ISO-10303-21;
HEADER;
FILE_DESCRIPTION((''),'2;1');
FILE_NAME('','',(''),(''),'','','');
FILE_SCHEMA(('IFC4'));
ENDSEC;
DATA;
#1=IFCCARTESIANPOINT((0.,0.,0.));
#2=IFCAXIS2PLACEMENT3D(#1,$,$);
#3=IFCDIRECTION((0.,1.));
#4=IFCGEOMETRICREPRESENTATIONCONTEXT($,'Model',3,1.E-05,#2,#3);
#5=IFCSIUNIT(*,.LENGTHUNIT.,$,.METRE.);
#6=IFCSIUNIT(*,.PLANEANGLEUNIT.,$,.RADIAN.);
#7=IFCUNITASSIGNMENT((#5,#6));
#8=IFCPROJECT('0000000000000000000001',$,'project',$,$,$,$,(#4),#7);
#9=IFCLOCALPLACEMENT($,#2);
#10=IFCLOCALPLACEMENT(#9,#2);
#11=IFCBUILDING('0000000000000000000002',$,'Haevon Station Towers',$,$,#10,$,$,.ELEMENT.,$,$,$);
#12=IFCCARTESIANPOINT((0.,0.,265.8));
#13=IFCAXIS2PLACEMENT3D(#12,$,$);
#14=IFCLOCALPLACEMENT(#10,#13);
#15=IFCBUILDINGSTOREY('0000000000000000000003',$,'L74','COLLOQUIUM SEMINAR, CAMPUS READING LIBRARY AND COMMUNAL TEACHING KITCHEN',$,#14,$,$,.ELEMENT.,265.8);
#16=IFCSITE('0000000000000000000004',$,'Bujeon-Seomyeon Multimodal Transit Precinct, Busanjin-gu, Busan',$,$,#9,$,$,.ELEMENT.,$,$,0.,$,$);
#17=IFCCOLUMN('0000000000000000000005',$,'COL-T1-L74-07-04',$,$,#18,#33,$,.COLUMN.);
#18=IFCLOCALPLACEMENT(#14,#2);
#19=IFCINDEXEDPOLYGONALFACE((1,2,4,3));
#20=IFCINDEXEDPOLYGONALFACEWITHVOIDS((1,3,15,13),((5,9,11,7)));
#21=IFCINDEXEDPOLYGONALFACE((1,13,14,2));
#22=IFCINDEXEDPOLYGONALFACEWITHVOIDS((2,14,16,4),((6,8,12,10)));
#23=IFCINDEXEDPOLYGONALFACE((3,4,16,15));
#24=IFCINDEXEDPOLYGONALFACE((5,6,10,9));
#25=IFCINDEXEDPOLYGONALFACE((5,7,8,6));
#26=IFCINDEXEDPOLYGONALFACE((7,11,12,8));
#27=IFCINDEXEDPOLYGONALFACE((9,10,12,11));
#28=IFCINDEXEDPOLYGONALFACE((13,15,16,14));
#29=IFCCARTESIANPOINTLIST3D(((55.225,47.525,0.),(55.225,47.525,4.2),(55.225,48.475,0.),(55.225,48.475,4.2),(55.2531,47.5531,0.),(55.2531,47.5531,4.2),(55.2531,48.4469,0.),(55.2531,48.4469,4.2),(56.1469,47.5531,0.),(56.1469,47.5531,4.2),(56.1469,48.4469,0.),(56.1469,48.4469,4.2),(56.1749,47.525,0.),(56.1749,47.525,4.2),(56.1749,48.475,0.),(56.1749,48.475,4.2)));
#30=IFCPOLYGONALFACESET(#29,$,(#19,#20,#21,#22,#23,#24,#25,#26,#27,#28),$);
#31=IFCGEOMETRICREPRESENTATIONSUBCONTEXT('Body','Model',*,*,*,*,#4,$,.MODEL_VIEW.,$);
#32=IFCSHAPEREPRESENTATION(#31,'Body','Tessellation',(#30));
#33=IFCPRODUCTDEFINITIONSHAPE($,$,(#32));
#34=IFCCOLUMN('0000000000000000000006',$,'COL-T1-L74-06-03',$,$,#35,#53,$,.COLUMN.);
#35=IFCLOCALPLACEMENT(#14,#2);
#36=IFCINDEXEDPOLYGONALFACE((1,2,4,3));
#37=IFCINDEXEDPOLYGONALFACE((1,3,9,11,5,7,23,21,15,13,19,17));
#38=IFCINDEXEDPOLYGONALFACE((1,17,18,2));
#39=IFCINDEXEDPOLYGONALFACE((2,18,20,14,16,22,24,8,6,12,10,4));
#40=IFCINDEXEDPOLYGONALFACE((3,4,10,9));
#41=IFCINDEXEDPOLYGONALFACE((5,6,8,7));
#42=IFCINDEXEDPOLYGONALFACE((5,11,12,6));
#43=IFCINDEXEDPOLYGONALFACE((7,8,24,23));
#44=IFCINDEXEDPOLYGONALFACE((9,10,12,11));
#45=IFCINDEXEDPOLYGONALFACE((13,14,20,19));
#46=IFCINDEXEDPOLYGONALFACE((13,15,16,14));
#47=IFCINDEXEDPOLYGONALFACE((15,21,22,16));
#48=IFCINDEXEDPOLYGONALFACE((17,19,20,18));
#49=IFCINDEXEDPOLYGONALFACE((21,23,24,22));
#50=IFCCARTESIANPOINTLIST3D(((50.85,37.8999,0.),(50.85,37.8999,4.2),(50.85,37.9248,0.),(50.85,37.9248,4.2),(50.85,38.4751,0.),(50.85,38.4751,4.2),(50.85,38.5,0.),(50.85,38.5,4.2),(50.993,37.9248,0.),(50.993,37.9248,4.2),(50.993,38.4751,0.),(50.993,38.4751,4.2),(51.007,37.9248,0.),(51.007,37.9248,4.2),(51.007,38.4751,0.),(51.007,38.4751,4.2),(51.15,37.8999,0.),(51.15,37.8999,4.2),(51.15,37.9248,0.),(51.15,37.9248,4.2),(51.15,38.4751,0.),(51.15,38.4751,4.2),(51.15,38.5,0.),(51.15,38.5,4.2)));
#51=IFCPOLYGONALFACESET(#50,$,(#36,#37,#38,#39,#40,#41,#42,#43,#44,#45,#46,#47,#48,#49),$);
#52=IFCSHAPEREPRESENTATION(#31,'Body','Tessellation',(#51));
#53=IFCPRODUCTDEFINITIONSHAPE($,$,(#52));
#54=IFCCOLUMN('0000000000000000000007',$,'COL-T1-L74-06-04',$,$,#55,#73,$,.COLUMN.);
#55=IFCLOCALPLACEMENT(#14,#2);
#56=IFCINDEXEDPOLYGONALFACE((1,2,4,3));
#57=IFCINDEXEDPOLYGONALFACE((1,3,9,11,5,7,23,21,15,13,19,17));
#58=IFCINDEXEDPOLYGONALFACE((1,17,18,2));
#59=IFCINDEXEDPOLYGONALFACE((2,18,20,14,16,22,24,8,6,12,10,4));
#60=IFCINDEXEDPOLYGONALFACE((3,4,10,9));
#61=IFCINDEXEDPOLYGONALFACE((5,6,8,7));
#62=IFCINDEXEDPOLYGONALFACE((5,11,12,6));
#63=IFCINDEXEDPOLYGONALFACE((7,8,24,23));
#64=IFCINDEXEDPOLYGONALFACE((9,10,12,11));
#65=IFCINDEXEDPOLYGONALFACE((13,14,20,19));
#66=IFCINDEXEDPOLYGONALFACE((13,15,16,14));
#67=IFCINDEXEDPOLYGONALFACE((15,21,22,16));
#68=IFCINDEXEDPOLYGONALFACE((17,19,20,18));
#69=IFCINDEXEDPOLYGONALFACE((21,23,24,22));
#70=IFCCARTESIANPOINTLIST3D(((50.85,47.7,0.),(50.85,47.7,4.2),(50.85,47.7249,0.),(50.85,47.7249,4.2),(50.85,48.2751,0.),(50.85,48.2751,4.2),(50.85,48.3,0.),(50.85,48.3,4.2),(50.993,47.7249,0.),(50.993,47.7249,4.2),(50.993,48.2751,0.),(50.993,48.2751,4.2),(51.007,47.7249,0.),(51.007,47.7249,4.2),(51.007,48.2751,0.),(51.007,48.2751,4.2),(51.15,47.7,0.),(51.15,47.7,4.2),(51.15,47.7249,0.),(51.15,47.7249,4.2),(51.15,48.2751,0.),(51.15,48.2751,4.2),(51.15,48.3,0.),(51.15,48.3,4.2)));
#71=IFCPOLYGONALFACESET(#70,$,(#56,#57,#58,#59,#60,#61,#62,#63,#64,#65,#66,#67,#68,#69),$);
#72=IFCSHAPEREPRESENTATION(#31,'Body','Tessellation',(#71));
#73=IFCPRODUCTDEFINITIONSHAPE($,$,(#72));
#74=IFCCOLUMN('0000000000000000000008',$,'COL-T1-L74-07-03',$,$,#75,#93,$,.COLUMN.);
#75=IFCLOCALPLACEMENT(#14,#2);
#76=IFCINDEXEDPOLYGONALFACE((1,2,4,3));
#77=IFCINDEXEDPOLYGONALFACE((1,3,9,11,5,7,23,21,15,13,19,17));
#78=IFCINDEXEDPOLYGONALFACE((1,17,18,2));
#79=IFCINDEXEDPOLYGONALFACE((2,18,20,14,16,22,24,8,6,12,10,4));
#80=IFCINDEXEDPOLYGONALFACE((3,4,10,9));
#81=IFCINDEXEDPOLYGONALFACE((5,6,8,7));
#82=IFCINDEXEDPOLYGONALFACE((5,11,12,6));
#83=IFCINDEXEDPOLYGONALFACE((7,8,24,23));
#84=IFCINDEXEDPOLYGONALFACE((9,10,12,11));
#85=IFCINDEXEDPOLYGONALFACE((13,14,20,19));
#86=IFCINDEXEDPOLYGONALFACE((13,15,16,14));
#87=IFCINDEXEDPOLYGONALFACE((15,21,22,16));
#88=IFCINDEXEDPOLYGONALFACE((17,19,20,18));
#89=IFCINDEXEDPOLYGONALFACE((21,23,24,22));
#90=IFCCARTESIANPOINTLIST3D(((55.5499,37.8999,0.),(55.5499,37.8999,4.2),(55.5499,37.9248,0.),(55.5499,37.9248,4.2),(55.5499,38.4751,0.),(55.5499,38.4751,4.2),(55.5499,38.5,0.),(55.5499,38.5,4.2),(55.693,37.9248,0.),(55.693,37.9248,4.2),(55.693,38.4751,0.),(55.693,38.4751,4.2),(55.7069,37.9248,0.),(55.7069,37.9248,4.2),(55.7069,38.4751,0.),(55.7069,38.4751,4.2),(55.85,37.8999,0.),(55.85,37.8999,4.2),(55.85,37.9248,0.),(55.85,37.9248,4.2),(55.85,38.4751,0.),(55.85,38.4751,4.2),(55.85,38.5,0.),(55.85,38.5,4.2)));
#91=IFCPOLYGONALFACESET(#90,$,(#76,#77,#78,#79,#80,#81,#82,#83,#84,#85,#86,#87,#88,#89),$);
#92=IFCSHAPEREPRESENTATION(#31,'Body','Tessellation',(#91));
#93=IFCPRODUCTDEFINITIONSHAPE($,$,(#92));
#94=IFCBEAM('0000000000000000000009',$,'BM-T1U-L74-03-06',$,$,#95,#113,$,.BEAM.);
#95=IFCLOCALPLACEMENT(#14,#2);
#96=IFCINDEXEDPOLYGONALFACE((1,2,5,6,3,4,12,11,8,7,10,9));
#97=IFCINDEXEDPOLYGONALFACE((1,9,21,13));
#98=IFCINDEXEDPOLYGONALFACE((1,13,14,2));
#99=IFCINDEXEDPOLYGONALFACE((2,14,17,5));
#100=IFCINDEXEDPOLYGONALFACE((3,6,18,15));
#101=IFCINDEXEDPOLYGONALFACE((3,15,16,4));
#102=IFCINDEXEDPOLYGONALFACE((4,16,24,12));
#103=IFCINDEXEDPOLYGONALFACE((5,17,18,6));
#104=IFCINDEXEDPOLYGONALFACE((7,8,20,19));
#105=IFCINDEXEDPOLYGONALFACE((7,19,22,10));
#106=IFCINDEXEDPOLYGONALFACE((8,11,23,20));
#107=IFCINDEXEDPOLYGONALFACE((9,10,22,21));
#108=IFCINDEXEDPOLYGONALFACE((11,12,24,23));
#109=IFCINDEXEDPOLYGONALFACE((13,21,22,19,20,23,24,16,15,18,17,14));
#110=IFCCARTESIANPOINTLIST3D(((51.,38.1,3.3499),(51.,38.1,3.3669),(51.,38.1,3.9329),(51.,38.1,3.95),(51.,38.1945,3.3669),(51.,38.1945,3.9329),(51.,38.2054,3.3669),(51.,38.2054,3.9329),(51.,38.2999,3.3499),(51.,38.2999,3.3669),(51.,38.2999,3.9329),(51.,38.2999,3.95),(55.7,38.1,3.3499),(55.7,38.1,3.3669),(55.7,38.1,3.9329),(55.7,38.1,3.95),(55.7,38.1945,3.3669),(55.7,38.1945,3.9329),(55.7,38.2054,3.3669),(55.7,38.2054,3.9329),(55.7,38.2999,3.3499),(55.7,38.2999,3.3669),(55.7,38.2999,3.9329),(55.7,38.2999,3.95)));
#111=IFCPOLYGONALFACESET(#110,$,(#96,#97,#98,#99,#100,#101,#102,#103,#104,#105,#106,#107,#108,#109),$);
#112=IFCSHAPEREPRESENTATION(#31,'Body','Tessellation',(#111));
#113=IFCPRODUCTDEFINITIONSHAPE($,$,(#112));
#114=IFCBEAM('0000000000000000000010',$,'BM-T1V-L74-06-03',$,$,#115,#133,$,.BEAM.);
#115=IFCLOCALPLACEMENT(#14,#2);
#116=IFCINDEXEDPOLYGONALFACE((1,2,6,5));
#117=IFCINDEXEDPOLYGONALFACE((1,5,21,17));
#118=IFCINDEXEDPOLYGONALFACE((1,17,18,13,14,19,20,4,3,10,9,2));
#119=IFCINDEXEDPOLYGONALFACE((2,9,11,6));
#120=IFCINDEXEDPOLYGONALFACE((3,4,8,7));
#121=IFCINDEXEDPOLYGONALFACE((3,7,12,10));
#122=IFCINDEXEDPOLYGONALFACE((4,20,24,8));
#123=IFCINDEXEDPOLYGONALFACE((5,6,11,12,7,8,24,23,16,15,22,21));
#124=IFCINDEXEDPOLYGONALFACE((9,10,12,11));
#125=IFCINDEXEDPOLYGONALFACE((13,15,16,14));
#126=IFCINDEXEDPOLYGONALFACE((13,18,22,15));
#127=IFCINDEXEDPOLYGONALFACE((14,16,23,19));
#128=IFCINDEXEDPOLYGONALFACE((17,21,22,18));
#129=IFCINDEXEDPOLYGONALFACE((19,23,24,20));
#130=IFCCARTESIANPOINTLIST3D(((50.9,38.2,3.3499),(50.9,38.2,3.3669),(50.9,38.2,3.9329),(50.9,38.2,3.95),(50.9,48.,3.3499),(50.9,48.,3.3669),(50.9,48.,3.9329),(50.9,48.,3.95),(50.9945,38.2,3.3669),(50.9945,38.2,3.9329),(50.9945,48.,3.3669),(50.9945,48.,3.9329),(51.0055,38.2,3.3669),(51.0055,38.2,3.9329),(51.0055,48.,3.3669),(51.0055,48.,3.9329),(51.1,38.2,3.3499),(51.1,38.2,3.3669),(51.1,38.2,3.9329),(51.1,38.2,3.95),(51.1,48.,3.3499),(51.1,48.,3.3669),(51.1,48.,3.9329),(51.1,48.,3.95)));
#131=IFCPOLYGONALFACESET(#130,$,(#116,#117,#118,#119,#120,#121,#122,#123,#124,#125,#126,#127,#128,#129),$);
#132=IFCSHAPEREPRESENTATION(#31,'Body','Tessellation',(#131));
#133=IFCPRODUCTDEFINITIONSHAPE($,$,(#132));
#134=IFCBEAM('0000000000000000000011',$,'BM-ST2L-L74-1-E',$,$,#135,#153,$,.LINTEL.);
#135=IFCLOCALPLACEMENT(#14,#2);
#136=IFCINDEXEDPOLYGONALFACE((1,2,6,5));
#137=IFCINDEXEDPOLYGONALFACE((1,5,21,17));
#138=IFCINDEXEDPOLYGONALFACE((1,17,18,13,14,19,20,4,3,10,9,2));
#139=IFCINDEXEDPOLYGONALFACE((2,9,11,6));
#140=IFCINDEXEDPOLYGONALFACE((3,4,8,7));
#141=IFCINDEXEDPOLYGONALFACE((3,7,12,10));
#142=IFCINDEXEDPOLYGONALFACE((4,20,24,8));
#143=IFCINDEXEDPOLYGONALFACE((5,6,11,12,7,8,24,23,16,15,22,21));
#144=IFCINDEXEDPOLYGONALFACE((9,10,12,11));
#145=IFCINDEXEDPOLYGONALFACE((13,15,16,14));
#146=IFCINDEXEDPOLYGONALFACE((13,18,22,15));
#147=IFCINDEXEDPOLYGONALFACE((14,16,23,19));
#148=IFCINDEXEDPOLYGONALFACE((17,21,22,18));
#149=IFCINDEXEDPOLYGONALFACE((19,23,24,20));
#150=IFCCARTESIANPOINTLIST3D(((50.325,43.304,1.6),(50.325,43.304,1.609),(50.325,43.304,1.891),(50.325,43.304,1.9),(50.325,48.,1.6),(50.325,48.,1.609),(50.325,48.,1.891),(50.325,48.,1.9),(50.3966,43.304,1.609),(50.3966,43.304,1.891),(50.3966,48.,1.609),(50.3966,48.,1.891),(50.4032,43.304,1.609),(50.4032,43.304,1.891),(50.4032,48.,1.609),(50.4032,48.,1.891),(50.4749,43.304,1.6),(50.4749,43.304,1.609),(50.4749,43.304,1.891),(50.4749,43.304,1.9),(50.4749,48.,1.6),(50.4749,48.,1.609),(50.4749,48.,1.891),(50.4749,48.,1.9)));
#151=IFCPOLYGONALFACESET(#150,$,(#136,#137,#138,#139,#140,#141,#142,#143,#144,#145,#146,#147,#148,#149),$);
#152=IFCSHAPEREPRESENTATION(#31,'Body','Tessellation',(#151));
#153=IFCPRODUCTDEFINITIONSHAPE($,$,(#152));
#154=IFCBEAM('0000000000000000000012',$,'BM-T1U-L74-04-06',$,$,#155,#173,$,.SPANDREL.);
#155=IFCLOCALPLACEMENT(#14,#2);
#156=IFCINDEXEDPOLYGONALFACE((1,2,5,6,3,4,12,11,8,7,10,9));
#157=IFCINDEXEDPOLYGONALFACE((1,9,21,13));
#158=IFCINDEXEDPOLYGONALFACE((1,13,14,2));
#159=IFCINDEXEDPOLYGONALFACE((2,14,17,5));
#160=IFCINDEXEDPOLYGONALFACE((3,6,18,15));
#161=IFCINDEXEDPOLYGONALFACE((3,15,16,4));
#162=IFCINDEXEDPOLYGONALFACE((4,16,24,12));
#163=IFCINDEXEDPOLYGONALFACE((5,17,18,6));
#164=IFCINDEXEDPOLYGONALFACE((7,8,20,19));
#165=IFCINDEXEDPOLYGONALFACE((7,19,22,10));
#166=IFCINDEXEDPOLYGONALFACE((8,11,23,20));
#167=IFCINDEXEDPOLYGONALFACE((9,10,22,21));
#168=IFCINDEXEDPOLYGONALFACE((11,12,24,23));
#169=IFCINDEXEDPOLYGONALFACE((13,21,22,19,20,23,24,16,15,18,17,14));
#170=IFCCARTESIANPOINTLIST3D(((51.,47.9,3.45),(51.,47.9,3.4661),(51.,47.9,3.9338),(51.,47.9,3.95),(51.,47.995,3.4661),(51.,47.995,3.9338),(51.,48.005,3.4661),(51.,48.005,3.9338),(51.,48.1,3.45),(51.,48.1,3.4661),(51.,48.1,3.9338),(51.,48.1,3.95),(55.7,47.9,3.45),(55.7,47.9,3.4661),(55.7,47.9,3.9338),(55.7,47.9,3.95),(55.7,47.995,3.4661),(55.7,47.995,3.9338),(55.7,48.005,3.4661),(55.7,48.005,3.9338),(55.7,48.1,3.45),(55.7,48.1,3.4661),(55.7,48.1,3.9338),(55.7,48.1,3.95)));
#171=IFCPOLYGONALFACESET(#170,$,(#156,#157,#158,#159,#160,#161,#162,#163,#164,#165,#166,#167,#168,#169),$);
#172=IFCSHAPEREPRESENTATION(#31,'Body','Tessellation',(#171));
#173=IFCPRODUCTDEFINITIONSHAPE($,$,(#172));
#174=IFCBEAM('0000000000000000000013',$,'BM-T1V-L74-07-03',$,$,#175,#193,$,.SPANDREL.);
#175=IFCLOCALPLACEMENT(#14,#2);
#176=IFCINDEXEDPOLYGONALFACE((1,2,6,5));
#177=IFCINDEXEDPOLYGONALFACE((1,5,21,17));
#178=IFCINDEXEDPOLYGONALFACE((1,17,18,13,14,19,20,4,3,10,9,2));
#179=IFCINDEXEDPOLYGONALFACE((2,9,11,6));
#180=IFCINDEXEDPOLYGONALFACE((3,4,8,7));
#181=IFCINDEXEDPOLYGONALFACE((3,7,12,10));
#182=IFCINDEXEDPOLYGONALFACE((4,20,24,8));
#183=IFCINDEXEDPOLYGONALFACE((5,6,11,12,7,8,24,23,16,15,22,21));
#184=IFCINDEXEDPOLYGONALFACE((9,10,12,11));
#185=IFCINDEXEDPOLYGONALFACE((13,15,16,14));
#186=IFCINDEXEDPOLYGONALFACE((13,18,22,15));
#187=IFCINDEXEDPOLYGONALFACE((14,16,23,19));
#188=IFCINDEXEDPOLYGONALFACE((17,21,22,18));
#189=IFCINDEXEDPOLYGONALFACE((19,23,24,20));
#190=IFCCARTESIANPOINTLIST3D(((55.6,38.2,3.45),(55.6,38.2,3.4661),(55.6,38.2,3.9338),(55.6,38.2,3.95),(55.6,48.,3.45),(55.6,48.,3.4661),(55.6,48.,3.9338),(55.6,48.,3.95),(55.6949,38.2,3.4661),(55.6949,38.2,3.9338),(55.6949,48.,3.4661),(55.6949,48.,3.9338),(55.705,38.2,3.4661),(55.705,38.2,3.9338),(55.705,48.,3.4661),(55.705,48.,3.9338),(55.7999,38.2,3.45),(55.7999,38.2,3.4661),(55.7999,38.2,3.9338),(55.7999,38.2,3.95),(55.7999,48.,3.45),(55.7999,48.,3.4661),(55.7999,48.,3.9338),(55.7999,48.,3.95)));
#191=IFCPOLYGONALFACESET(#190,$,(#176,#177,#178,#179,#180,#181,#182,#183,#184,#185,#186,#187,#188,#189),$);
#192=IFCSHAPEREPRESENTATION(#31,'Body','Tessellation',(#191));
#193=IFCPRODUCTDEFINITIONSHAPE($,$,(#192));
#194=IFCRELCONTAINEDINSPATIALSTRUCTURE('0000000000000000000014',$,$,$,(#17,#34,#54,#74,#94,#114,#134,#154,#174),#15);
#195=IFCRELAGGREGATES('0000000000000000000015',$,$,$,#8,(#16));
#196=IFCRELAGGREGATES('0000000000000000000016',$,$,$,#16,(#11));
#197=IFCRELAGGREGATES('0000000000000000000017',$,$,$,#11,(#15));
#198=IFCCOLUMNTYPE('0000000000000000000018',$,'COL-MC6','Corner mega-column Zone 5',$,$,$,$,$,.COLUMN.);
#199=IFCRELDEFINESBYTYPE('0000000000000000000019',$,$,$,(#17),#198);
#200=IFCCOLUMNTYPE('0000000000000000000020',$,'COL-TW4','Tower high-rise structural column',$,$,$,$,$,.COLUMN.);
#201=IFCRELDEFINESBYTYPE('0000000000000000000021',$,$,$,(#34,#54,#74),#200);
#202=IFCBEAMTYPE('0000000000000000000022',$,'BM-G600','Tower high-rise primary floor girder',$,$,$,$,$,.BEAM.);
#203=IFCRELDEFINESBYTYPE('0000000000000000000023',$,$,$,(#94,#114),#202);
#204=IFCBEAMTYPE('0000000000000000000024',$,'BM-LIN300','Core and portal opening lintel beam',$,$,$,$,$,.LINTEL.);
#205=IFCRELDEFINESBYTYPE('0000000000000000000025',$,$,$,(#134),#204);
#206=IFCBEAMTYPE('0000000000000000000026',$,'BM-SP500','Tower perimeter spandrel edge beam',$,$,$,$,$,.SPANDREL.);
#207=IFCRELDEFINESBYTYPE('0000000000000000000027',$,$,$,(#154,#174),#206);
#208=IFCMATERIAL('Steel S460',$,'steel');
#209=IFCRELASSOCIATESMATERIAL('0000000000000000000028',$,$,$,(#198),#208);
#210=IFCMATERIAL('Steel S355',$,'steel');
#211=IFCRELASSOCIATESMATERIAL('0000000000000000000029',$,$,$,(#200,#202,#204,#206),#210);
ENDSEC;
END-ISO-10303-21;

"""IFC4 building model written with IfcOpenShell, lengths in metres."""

from ifc_helpers import new_model, si_unit, direction, frame, origin, origin_2d, place, context, subcontext, project, spatial, hollow_rectangle, i_section, extrude, material, material_profile, profile_set, type_object, element, save


model = new_model("IFC4")

# Units and contexts
model_context = context("Model", 3, precision=1e-05, world=origin(), true_north=direction((0.0, 1.0)))
body_context = subcontext(model_context, "Body", "Model", "MODEL_VIEW")
ifc_project = project(units=[si_unit("LENGTHUNIT", "METRE"), si_unit("PLANEANGLEUNIT", "RADIAN")], contexts=[model_context])

# Site, building, storey
site_placement = place(None, origin())
site = spatial("IfcSite", under=ifc_project, at=site_placement, Name="Bujeon-Seomyeon Multimodal Transit Precinct, Busanjin-gu, Busan", CompositionType="ELEMENT", RefElevation=0.0)
building_placement = place(site_placement, origin())
building = spatial("IfcBuilding", under=site, at=building_placement, Name="Haevon Station Towers", CompositionType="ELEMENT")
storey_placement = place(building_placement, frame((0.0, 0.0, 265.8)))
storey = spatial("IfcBuildingStorey", under=building, at=storey_placement, Name="L74", Description="COLLOQUIUM SEMINAR, CAMPUS READING LIBRARY AND COMMUNAL TEACHING KITCHEN", CompositionType="ELEMENT", Elevation=265.8)

# Columns
ifc_material_1 = material(Name="Steel S460", Category="steel")
ifc_material_profile_1 = material_profile(ifc_material_1, hollow_rectangle(XDim=0.95, YDim=0.95, WallThickness=0.0281, at=origin_2d()), Name="BOX-950x950x28")
ifc_profile_set_1 = profile_set([ifc_material_profile_1], Name="Steel S460")
column_type_1 = type_object("IfcColumnType", Name="COL-MC6", Description="Corner mega-column Zone 5", PredefinedType="COLUMN", material=ifc_profile_set_1)
column_placement = place(storey_placement, frame((55.7, 48.0, 0.0), z_axis=(0.0, 0.0, 1.0), x_axis=(1.0, 0.0, 0.0)))
element("IfcColumn", 1, at=column_placement, inside=storey, type_object=column_type_1, Name="COL-T1-L74-07-04", PredefinedType="COLUMN", context=body_context, shape_type="SweptSolid", body=[
    extrude(hollow_rectangle(XDim=0.95, YDim=0.95, WallThickness=0.0281, at=origin_2d()), origin(), (0.0, 0.0, 1.0), 4.2),
])
ifc_material_2 = material(Name="Steel S355", Category="steel")
ifc_material_profile_2 = material_profile(ifc_material_2, i_section(OverallWidth=0.3, OverallDepth=0.6001, WebThickness=0.0139, FlangeThickness=0.0249, at=origin_2d()), Name="H-600x300x14x25")
ifc_profile_set_2 = profile_set([ifc_material_profile_2], Name="Steel S355")
column_type_2 = type_object("IfcColumnType", Name="COL-TW4", Description="Tower high-rise structural column", PredefinedType="COLUMN", material=ifc_profile_set_2)
for number, where, z_axis, x_axis, name in (
    (2, (51.0, 38.2, 0.0), (0.0, 0.0, 1.0), (1.0, 0.0, 0.0), "COL-T1-L74-06-03"),
    (3, (51.0, 48.0, 0.0), (0.0, 0.0, 1.0), (1.0, 0.0, 0.0), "COL-T1-L74-06-04"),
    (4, (55.7, 38.2, 0.0), (0.0, 0.0, 1.0), (1.0, 0.0, 0.0), "COL-T1-L74-07-03"),
):
    element("IfcColumn", number, at=place(storey_placement, frame(where, z_axis=z_axis, x_axis=x_axis)), inside=storey, type_object=column_type_2, Name=name, PredefinedType="COLUMN", context=body_context, shape_type="SweptSolid", body=[
        extrude(i_section(OverallWidth=0.3, OverallDepth=0.6001, WebThickness=0.0139, FlangeThickness=0.0249, at=origin_2d()), origin(), (0.0, 0.0, 1.0), 4.2),
    ])

# Beams
ifc_material_profile_3 = material_profile(ifc_material_2, i_section(OverallWidth=0.2, OverallDepth=0.6001, WebThickness=0.011, FlangeThickness=0.0171, at=origin_2d()), Name="H-600x200x11x17")
ifc_profile_set_3 = profile_set([ifc_material_profile_3], Name="Steel S355")
beam_type_1 = type_object("IfcBeamType", Name="BM-G600", Description="Tower high-rise primary floor girder", PredefinedType="BEAM", material=ifc_profile_set_3)
beam_1_placement = place(storey_placement, frame((51.0, 38.2, 3.6499), z_axis=(1.0, 0.0, 0.0), x_axis=(0.0, 1.0, 0.0)))
element("IfcBeam", 5, at=beam_1_placement, inside=storey, type_object=beam_type_1, Name="BM-T1U-L74-03-06", PredefinedType="BEAM", context=body_context, shape_type="SweptSolid", body=[
    extrude(i_section(OverallWidth=0.2, OverallDepth=0.6001, WebThickness=0.011, FlangeThickness=0.0171, at=origin_2d()), origin(), (0.0, 0.0, 1.0), 4.7),
])
beam_2_placement = place(storey_placement, frame((51.0, 38.2, 3.6499), z_axis=(0.0, 1.0, 0.0), x_axis=(-1.0, 0.0, 0.0)))
element("IfcBeam", 6, at=beam_2_placement, inside=storey, type_object=beam_type_1, Name="BM-T1V-L74-06-03", PredefinedType="BEAM", context=body_context, shape_type="SweptSolid", body=[
    extrude(i_section(OverallWidth=0.2, OverallDepth=0.6001, WebThickness=0.011, FlangeThickness=0.0171, at=origin_2d()), origin(), (0.0, 0.0, 1.0), 9.8),
])
ifc_material_profile_4 = material_profile(ifc_material_2, i_section(OverallWidth=0.1499, OverallDepth=0.3, WebThickness=0.0066, FlangeThickness=0.009, at=origin_2d()), Name="H-300x150x6.5x9")
ifc_profile_set_4 = profile_set([ifc_material_profile_4], Name="Steel S355")
beam_type_2 = type_object("IfcBeamType", Name="BM-LIN300", Description="Core and portal opening lintel beam", PredefinedType="LINTEL", material=ifc_profile_set_4)
beam_3_placement = place(storey_placement, frame((50.3999, 43.304, 1.75), z_axis=(0.0, 1.0, 0.0), x_axis=(-1.0, 0.0, 0.0)))
element("IfcBeam", 7, at=beam_3_placement, inside=storey, type_object=beam_type_2, Name="BM-ST2L-L74-1-E", PredefinedType="LINTEL", context=body_context, shape_type="SweptSolid", body=[
    extrude(i_section(OverallWidth=0.1499, OverallDepth=0.3, WebThickness=0.0066, FlangeThickness=0.009, at=origin_2d()), origin(), (0.0, 0.0, 1.0), 4.696),
])
ifc_material_profile_5 = material_profile(ifc_material_2, i_section(OverallWidth=0.2, OverallDepth=0.5, WebThickness=0.01, FlangeThickness=0.0161, at=origin_2d()), Name="H-500x200x10x16")
ifc_profile_set_5 = profile_set([ifc_material_profile_5], Name="Steel S355")
beam_type_3 = type_object("IfcBeamType", Name="BM-SP500", Description="Tower perimeter spandrel edge beam", PredefinedType="SPANDREL", material=ifc_profile_set_5)
beam_4_placement = place(storey_placement, frame((51.0, 48.0, 3.7), z_axis=(1.0, 0.0, 0.0), x_axis=(0.0, 1.0, 0.0)))
element("IfcBeam", 8, at=beam_4_placement, inside=storey, type_object=beam_type_3, Name="BM-T1U-L74-04-06", PredefinedType="SPANDREL", context=body_context, shape_type="SweptSolid", body=[
    extrude(i_section(OverallWidth=0.2, OverallDepth=0.5, WebThickness=0.01, FlangeThickness=0.0161, at=origin_2d()), origin(), (0.0, 0.0, 1.0), 4.7),
])
beam_5_placement = place(storey_placement, frame((55.7, 38.2, 3.7), z_axis=(0.0, 1.0, 0.0), x_axis=(-1.0, 0.0, 0.0)))
element("IfcBeam", 9, at=beam_5_placement, inside=storey, type_object=beam_type_3, Name="BM-T1V-L74-07-03", PredefinedType="SPANDREL", context=body_context, shape_type="SweptSolid", body=[
    extrude(i_section(OverallWidth=0.2, OverallDepth=0.5, WebThickness=0.01, FlangeThickness=0.0161, at=origin_2d()), origin(), (0.0, 0.0, 1.0), 9.8),
])

save(model, "model.ifc")
